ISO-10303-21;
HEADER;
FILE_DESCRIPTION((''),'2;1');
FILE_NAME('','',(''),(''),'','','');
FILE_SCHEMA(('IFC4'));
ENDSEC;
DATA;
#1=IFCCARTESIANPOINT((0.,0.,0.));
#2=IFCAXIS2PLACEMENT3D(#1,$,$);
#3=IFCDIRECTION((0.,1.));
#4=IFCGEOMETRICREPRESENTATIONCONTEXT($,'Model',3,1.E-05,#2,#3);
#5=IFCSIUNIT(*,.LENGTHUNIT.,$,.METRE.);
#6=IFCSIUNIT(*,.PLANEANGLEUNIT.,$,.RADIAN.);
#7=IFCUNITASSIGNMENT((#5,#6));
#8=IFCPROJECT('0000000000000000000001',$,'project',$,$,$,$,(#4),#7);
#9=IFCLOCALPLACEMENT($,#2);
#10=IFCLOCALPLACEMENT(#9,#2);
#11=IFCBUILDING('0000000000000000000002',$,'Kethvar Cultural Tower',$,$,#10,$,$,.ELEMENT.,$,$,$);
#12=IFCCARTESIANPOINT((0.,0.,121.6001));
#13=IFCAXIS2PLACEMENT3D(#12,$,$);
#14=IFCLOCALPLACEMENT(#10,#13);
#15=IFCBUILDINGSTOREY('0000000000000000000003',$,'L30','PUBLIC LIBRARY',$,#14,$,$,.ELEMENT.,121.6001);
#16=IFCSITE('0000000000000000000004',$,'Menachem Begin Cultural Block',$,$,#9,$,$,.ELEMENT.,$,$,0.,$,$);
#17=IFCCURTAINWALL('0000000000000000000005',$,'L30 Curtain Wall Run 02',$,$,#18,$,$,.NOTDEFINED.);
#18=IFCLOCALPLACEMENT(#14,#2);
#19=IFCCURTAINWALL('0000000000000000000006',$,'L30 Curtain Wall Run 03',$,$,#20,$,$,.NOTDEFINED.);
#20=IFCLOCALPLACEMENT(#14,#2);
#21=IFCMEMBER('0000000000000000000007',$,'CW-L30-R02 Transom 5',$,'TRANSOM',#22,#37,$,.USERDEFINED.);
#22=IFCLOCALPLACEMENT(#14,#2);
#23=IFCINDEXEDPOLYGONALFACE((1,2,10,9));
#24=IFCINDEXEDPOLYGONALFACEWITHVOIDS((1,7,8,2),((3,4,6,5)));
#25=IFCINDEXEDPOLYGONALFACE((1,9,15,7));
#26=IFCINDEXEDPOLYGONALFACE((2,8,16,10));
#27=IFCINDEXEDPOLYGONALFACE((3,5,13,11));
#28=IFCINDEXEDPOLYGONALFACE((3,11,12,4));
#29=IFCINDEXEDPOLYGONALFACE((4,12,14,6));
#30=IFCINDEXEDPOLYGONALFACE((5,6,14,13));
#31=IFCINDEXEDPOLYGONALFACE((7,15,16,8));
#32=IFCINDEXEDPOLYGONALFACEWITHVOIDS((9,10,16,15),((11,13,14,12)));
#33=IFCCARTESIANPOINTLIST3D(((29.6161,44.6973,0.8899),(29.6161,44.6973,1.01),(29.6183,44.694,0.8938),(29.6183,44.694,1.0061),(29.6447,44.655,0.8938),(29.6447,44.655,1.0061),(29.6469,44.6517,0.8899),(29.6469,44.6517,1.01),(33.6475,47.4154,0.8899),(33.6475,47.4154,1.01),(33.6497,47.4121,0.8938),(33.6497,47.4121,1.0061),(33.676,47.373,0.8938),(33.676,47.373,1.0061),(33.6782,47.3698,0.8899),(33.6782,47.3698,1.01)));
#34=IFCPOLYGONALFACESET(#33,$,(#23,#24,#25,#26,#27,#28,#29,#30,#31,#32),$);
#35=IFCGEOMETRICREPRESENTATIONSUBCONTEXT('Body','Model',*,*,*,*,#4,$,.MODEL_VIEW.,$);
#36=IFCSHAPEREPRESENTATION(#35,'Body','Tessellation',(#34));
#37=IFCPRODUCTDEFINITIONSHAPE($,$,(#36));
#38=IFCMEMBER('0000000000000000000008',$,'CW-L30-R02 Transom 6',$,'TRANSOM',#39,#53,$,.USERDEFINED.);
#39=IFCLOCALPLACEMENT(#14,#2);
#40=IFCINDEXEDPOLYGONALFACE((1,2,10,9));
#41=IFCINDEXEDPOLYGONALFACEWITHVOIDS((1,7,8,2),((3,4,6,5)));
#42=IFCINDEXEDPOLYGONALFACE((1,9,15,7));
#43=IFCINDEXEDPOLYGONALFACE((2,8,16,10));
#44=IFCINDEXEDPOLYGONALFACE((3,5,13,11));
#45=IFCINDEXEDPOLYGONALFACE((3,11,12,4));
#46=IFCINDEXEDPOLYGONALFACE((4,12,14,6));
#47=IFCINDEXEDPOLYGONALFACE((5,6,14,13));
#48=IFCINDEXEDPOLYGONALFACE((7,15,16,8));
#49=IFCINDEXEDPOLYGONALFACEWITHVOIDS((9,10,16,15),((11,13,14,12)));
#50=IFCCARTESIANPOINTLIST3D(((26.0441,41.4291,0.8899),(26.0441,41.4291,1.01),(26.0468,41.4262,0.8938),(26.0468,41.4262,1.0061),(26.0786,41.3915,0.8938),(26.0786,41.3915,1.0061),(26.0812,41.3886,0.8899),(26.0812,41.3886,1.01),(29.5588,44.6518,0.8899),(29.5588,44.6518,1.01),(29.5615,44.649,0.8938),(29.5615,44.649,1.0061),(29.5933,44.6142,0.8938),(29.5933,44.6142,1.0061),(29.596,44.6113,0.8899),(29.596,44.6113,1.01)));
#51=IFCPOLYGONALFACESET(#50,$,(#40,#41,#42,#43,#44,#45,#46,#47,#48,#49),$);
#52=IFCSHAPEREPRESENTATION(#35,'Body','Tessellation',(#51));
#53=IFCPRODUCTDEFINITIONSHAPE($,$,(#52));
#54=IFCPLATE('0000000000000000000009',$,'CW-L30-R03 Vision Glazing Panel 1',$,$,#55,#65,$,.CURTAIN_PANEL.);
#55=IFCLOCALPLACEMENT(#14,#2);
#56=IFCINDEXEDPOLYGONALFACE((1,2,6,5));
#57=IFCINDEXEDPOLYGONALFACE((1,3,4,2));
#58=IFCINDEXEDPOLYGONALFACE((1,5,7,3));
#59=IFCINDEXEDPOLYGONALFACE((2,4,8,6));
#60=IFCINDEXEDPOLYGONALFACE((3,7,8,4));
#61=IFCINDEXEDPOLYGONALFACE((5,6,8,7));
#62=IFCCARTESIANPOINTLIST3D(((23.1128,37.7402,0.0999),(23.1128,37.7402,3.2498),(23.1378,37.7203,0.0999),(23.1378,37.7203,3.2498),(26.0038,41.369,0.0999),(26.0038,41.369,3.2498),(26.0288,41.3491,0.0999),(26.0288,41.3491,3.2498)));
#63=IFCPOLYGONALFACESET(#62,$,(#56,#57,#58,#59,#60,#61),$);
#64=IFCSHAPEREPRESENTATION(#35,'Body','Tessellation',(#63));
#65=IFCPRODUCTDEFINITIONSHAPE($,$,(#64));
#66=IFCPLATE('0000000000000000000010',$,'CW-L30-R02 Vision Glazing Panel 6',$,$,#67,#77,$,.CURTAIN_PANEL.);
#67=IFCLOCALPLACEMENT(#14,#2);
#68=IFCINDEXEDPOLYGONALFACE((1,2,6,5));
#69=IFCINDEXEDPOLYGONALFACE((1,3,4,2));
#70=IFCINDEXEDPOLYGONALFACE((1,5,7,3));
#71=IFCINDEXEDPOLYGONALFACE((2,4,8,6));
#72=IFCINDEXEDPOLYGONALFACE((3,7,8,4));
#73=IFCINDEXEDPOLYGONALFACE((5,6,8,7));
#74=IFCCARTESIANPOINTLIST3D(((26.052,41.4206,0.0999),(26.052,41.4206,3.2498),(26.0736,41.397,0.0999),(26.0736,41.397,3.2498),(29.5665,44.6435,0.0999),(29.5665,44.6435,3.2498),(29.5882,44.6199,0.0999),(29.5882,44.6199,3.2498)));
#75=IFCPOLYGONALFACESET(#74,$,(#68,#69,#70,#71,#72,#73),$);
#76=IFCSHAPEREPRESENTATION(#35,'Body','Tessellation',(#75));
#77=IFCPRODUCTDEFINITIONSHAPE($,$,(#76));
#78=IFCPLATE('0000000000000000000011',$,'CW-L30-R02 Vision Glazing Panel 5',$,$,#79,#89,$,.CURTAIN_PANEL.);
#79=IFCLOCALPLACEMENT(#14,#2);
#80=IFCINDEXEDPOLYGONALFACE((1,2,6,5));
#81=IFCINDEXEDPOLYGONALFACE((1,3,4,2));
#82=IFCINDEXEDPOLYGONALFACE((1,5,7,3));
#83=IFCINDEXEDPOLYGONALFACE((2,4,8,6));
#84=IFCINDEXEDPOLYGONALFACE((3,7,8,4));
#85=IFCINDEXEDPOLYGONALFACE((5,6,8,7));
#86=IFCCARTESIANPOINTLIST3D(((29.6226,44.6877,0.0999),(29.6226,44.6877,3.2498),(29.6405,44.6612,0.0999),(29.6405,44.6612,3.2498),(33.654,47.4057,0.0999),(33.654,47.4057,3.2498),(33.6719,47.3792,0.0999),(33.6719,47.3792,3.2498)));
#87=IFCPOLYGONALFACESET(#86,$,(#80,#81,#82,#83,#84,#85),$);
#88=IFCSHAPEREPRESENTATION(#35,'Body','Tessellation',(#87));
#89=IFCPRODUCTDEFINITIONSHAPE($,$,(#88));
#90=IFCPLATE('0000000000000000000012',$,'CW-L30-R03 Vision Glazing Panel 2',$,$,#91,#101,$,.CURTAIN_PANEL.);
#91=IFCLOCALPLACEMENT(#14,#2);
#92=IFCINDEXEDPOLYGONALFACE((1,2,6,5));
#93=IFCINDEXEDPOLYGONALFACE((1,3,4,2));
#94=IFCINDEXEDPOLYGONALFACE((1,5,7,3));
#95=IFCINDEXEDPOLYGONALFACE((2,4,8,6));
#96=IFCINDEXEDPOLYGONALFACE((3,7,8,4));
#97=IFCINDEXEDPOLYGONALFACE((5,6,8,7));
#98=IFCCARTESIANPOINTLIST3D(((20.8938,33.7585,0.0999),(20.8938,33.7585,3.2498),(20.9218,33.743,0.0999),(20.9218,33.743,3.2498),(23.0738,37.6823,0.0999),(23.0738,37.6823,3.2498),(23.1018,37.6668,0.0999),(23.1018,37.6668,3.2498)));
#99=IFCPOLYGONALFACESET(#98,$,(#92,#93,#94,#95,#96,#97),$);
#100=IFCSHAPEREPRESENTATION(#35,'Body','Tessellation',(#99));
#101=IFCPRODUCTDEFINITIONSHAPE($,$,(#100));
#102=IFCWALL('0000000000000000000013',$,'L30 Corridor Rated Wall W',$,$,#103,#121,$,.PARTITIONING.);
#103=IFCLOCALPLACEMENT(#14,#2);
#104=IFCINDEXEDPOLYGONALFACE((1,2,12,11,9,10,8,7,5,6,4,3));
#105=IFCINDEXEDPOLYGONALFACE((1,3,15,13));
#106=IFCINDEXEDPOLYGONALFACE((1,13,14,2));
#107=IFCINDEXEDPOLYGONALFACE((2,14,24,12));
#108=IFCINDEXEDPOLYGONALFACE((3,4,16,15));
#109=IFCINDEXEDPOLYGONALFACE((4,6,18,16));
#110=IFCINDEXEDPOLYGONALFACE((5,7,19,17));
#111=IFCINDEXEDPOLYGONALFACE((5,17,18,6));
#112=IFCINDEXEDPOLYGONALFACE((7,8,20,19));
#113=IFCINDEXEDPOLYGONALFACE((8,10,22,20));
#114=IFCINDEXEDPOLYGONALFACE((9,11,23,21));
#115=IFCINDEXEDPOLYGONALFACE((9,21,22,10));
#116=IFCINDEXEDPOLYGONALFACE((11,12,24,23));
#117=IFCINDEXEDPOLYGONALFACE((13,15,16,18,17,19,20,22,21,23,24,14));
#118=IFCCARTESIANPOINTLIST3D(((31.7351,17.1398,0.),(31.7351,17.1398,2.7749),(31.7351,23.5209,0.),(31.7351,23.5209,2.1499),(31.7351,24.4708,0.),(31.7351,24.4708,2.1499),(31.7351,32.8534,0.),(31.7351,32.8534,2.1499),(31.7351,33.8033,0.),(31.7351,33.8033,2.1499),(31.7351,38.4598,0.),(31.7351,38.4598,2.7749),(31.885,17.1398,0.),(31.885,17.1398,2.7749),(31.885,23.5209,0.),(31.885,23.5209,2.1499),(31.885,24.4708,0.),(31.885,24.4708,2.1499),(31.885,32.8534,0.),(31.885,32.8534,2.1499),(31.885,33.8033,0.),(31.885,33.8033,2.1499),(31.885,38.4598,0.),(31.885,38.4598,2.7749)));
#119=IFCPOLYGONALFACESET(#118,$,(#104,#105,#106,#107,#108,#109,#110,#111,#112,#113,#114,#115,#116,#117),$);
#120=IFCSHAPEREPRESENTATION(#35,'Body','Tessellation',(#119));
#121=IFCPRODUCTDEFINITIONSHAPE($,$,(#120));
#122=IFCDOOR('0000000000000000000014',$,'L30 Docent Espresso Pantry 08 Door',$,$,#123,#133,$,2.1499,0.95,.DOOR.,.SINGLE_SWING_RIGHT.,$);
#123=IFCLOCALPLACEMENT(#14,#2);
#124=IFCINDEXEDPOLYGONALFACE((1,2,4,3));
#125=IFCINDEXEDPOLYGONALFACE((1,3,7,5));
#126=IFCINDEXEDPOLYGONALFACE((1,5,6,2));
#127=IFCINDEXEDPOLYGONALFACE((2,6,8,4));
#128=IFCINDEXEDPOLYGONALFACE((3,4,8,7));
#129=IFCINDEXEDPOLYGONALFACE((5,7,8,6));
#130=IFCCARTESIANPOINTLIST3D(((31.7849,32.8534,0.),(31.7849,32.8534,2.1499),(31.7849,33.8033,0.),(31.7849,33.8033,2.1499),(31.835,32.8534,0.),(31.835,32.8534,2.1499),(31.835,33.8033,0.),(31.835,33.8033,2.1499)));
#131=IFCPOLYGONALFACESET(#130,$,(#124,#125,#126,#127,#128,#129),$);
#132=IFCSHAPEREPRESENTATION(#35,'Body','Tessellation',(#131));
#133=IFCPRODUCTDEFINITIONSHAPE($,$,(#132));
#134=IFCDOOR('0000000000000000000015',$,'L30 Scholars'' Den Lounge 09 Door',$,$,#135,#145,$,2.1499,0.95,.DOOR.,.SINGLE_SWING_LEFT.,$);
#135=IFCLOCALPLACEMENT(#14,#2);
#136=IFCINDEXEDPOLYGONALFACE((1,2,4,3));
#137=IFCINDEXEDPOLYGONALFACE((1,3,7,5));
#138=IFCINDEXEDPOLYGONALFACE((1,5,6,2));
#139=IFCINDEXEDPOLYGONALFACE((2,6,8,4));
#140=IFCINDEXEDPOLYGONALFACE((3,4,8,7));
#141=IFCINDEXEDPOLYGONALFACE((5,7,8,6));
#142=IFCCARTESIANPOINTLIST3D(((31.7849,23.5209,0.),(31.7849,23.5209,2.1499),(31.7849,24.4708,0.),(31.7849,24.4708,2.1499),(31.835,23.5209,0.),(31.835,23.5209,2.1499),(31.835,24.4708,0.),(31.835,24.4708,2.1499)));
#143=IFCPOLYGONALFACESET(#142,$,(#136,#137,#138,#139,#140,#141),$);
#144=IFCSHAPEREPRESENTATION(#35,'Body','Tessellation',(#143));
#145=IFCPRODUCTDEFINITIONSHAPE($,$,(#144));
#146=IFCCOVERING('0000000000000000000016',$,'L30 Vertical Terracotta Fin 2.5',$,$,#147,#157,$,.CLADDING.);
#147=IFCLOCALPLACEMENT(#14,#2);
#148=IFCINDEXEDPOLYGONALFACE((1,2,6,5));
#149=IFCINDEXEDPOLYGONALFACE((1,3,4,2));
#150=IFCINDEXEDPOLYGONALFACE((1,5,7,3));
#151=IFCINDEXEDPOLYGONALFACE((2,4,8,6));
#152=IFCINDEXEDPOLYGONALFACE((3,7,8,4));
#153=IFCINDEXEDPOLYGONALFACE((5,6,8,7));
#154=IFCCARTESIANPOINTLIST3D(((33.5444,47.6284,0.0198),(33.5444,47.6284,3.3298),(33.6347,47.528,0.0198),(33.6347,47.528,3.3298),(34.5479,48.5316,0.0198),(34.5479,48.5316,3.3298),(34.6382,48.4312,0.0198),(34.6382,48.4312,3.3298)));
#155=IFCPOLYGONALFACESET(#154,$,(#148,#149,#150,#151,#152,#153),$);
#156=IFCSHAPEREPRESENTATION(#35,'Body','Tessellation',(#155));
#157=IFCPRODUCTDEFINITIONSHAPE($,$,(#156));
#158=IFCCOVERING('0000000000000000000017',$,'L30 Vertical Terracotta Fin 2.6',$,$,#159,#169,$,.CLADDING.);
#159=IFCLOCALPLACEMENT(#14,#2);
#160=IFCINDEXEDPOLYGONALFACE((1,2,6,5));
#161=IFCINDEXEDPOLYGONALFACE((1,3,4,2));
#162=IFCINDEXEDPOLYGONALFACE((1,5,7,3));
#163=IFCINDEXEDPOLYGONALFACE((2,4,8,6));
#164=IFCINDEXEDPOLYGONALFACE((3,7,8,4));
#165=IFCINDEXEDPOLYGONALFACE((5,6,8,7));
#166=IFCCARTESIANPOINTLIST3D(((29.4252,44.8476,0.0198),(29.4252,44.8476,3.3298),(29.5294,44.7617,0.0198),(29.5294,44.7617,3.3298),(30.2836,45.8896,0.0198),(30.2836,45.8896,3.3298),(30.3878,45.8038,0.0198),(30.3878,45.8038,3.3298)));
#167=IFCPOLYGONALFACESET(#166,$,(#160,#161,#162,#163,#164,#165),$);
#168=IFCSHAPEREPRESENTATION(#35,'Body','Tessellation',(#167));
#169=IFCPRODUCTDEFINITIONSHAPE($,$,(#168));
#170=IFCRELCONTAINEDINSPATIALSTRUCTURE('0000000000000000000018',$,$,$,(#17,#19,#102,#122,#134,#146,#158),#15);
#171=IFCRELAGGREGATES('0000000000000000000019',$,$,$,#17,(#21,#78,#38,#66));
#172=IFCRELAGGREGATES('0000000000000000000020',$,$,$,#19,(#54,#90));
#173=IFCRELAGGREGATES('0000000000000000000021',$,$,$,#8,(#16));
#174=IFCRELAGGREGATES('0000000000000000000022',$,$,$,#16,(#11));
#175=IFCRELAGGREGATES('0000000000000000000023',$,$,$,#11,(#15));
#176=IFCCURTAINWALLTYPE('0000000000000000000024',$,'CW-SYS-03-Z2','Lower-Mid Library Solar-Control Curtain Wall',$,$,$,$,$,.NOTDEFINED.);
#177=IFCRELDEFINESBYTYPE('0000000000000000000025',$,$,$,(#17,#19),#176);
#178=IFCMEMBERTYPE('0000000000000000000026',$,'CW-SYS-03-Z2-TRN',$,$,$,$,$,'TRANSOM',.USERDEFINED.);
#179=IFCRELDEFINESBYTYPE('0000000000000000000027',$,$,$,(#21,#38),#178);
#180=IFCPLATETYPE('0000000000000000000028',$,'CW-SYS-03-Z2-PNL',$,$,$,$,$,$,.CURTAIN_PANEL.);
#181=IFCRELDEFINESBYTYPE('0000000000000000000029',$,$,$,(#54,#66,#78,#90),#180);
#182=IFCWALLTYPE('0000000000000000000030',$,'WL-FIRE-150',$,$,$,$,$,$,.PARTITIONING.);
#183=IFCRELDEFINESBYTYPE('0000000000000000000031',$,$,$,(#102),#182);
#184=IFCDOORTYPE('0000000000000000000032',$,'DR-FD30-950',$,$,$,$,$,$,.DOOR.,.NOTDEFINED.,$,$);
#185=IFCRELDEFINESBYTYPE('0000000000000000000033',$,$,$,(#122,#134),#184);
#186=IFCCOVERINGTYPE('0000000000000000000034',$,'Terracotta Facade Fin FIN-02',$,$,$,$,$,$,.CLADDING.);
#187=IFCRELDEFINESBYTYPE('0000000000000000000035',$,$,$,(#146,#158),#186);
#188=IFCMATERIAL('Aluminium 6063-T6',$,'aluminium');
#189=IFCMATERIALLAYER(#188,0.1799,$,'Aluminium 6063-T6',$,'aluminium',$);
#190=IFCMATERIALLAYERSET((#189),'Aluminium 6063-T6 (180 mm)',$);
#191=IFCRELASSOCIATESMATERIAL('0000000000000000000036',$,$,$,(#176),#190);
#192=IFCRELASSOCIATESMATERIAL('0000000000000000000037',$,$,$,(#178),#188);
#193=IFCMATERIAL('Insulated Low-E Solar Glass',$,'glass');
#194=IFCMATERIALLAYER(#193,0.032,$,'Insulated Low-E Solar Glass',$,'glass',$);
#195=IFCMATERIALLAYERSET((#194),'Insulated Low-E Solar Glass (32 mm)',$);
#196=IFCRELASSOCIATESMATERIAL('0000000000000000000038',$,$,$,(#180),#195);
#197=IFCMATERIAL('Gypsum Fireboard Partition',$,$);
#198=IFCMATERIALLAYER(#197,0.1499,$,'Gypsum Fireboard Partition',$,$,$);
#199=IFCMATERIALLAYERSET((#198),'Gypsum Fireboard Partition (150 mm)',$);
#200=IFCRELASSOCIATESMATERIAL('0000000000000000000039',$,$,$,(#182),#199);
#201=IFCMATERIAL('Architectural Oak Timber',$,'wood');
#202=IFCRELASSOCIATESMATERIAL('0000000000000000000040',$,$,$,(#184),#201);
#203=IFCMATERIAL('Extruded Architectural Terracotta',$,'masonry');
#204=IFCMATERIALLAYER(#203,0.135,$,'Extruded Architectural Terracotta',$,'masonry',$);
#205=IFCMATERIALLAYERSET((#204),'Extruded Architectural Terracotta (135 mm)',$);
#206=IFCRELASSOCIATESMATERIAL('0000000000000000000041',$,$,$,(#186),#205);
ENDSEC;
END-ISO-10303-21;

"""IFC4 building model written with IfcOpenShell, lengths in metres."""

from ifc_helpers import new_model, si_unit, direction, frame, frame_2d, origin, origin_2d, place, context, subcontext, project, spatial, rectangle, hollow_rectangle, extrude, source, transform, mapped, material, layer, layer_set, material_profile, profile_set, type_object, element, fill, aggregate, save


model = new_model("IFC4")

# Units and contexts
model_context = context("Model", 3, precision=1e-05, world=origin(), true_north=direction((0.0, 1.0)))
body_context = subcontext(model_context, "Body", "Model", "MODEL_VIEW")
ifc_project = project(units=[si_unit("LENGTHUNIT", "METRE"), si_unit("PLANEANGLEUNIT", "RADIAN")], contexts=[model_context])

# Site, building, storey
site_placement = place(None, origin())
site = spatial("IfcSite", under=ifc_project, at=site_placement, Name="Menachem Begin Cultural Block", CompositionType="ELEMENT", RefElevation=0.0)
building_placement = place(site_placement, origin())
building = spatial("IfcBuilding", under=site, at=building_placement, Name="Kethvar Cultural Tower", CompositionType="ELEMENT")
storey_placement = place(building_placement, frame((0.0, 0.0, 121.6001)))
storey = spatial("IfcBuildingStorey", under=building, at=storey_placement, Name="L30", Description="PUBLIC LIBRARY", CompositionType="ELEMENT", Elevation=121.6001)

# Curtain walls
ifc_material_1 = material(Name="Aluminium 6063-T6", Category="aluminium")
ifc_layer_1 = layer(ifc_material_1, 0.1799, Name="Aluminium 6063-T6", Category="aluminium")
ifc_layer_set_1 = layer_set([ifc_layer_1], Name="Aluminium 6063-T6 (180 mm)")
curtain_wall_type = type_object("IfcCurtainWallType", Name="CW-SYS-03-Z2", Description="Lower-Mid Library Solar-Control Curtain Wall", PredefinedType="NOTDEFINED", material=ifc_layer_set_1)
curtain_wall_1_placement = place(storey_placement, origin())
curtain_wall_1 = element("IfcCurtainWall", 1, at=curtain_wall_1_placement, inside=storey, type_object=curtain_wall_type, Name="L30 Curtain Wall Run 02", PredefinedType="NOTDEFINED")
curtain_wall_2_placement = place(storey_placement, origin())
curtain_wall_2 = element("IfcCurtainWall", 2, at=curtain_wall_2_placement, inside=storey, type_object=curtain_wall_type, Name="L30 Curtain Wall Run 03", PredefinedType="NOTDEFINED")
ifc_material_profile_1 = material_profile(ifc_material_1, hollow_rectangle(XDim=0.0549, YDim=0.1201, WallThickness=0.0039, at=origin_2d()), Name="Aluminium 6063-T6 — RHS120x55x4")
ifc_profile_set_1 = profile_set([ifc_material_profile_1], Name="Aluminium 6063-T6 — RHS120x55x4")
member_type_1 = type_object("IfcMemberType", Name="CW-SYS-03-Z2-TRN", ElementType="TRANSOM", PredefinedType="USERDEFINED", material=ifc_profile_set_1)

# Members
shared_shape_1 = source(origin(), body_context, "Body", "SweptSolid", [
    extrude(hollow_rectangle(XDim=0.0549, YDim=0.1201, WallThickness=0.0039, at=origin_2d()), origin(), (0.0, 0.0, 1.0), 4.8621),
])
member_1_placement = place(storey_placement, frame((33.6628, 47.3926, 0.95), z_axis=(-0.829142, -0.559038, 0.0), x_axis=(0.559038, -0.829142, 0.0)))
member_1 = element("IfcMember", 3, at=member_1_placement, type_object=member_type_1, Name="CW-L30-R02 Transom 5", ObjectType="TRANSOM", PredefinedType="USERDEFINED", context=body_context, shape_type="MappedRepresentation", body=[
    mapped(shared_shape_1, transform((0.0, 0.0, 0.0), scale=1.0)),
])
shared_shape_2 = source(origin(), body_context, "Body", "SweptSolid", [
    extrude(hollow_rectangle(XDim=0.0549, YDim=0.1201, WallThickness=0.0039, at=origin_2d()), origin(), (0.0, 0.0, 1.0), 4.7686),
])
member_2_placement = place(storey_placement, frame((29.5774, 44.6316, 0.95), z_axis=(-0.737061, -0.675827, 0.0), x_axis=(0.675827, -0.737061, 0.0)))
member_2 = element("IfcMember", 4, at=member_2_placement, type_object=member_type_1, Name="CW-L30-R02 Transom 6", ObjectType="TRANSOM", PredefinedType="USERDEFINED", context=body_context, shape_type="MappedRepresentation", body=[
    mapped(shared_shape_2, transform((0.0, 0.0, 0.0), scale=1.0)),
])

# Plates
ifc_material_2 = material(Name="Insulated Low-E Solar Glass", Category="glass")
ifc_layer_2 = layer(ifc_material_2, 0.032, Name="Insulated Low-E Solar Glass", Category="glass")
ifc_layer_set_2 = layer_set([ifc_layer_2], Name="Insulated Low-E Solar Glass (32 mm)")
plate_type = type_object("IfcPlateType", Name="CW-SYS-03-Z2-PNL", PredefinedType="CURTAIN_PANEL", material=ifc_layer_set_2)
shared_shape_3 = source(origin(), body_context, "Body", "SweptSolid", [
    extrude(rectangle(XDim=4.6396, YDim=0.032, at=origin_2d()), origin(), (0.0, 0.0, 1.0), 3.1499),
])
plate_1_placement = place(storey_placement, frame((24.5708, 39.5447, 0.0999), z_axis=(0.0, 0.0, 1.0), x_axis=(-0.623115, -0.78213, 0.0)))
plate_1 = element("IfcPlate", 5, at=plate_1_placement, type_object=plate_type, Name="CW-L30-R03 Vision Glazing Panel 1", PredefinedType="CURTAIN_PANEL", context=body_context, shape_type="MappedRepresentation", body=[
    mapped(shared_shape_3, transform((0.0, 0.0, 0.0), scale=1.0)),
])
shared_shape_4 = source(origin(), body_context, "Body", "SweptSolid", [
    extrude(rectangle(XDim=4.7686, YDim=0.032, at=origin_2d()), origin(), (0.0, 0.0, 1.0), 3.1499),
])
plate_2_placement = place(storey_placement, frame((27.8201, 43.0203, 0.0999), z_axis=(0.0, 0.0, 1.0), x_axis=(-0.73703, -0.67586, 0.0)))
plate_2 = element("IfcPlate", 6, at=plate_2_placement, type_object=plate_type, Name="CW-L30-R02 Vision Glazing Panel 6", PredefinedType="CURTAIN_PANEL", context=body_context, shape_type="MappedRepresentation", body=[
    mapped(shared_shape_4, transform((0.0, 0.0, 0.0), scale=1.0)),
])
shared_shape_5 = source(origin(), body_context, "Body", "SweptSolid", [
    extrude(rectangle(XDim=4.8621, YDim=0.032, at=origin_2d()), origin(), (0.0, 0.0, 1.0), 3.1499),
])
plate_3_placement = place(storey_placement, frame((31.6472, 46.0334, 0.0999), z_axis=(0.0, 0.0, 1.0), x_axis=(-0.829155, -0.559019, 0.0)))
plate_3 = element("IfcPlate", 7, at=plate_3_placement, type_object=plate_type, Name="CW-L30-R02 Vision Glazing Panel 5", PredefinedType="CURTAIN_PANEL", context=body_context, shape_type="MappedRepresentation", body=[
    mapped(shared_shape_5, transform((0.0, 0.0, 0.0), scale=1.0)),
])
aggregate(curtain_wall_1, [member_1, plate_3, member_2, plate_2])
shared_shape_6 = source(origin(), body_context, "Body", "SweptSolid", [
    extrude(rectangle(XDim=4.4888, YDim=0.032, at=origin_2d()), origin(), (0.0, 0.0, 1.0), 3.1499),
])
plate_4_placement = place(storey_placement, frame((21.9978, 35.7126, 0.0999), z_axis=(0.0, 0.0, 1.0), x_axis=(-0.485664, -0.874145, 0.0)))
plate_4 = element("IfcPlate", 8, at=plate_4_placement, type_object=plate_type, Name="CW-L30-R03 Vision Glazing Panel 2", PredefinedType="CURTAIN_PANEL", context=body_context, shape_type="MappedRepresentation", body=[
    mapped(shared_shape_6, transform((0.0, 0.0, 0.0), scale=1.0)),
])
aggregate(curtain_wall_2, [plate_1, plate_4])

# Wall, openings, doors
ifc_material_3 = material(Name="Gypsum Fireboard Partition")
ifc_layer_3 = layer(ifc_material_3, 0.1499, Name="Gypsum Fireboard Partition")
ifc_layer_set_3 = layer_set([ifc_layer_3], Name="Gypsum Fireboard Partition (150 mm)")
wall_type = type_object("IfcWallType", Name="WL-FIRE-150", PredefinedType="PARTITIONING", material=ifc_layer_set_3)
wall_placement = place(storey_placement, frame((31.8101, 38.46, 0.0), z_axis=(0.0, 0.0, 1.0), x_axis=(0.0, -1.0, 0.0)))
wall = element("IfcWall", 9, at=wall_placement, inside=storey, type_object=wall_type, Name="L30 Corridor Rated Wall W", PredefinedType="PARTITIONING", context=body_context, shape_type="SweptSolid", body=[
    extrude(rectangle(XDim=21.3201, YDim=0.1499, at=frame_2d((10.6602, 0.0))), origin(), (0.0, 0.0, 1.0), 2.7749),
])
opening_1_placement = place(wall_placement, frame((4.6565, 0.0, 0.0)))
opening_1 = element("IfcOpeningElement", 10, at=opening_1_placement, cuts=wall, PredefinedType="OPENING", context=body_context, shape_type="SweptSolid", body=[
    extrude(rectangle(XDim=0.95, YDim=2.1499, at=frame_2d((0.4751, 1.075))), frame((0.0, 0.085, 0.0), z_axis=(0.0, -1.0, 0.0), x_axis=(1.0, 0.0, 0.0)), (0.0, 0.0, 1.0), 0.1699),
])
opening_2_placement = place(wall_placement, frame((13.989, 0.0, 0.0)))
opening_2 = element("IfcOpeningElement", 11, at=opening_2_placement, cuts=wall, PredefinedType="OPENING", context=body_context, shape_type="SweptSolid", body=[
    extrude(rectangle(XDim=0.95, YDim=2.1499, at=frame_2d((0.4751, 1.075))), frame((0.0, 0.085, 0.0), z_axis=(0.0, -1.0, 0.0), x_axis=(1.0, 0.0, 0.0)), (0.0, 0.0, 1.0), 0.1699),
])
ifc_material_4 = material(Name="Architectural Oak Timber", Category="wood")
door_type = type_object("IfcDoorType", Name="DR-FD30-950", OperationType="NOTDEFINED", PredefinedType="DOOR", material=ifc_material_4)
shared_shape_7 = source(origin(), body_context, "Body", "SweptSolid", [
    extrude(rectangle(XDim=0.95, YDim=2.1499, at=frame_2d((0.4751, 1.075))), frame((0.0, 0.0249, 0.0), z_axis=(0.0, -1.0, 0.0), x_axis=(1.0, 0.0, 0.0)), (0.0, 0.0, 1.0), 0.05),
])
door_1_placement = place(opening_1_placement, origin())
door_1 = element("IfcDoor", 12, at=door_1_placement, inside=storey, type_object=door_type, Name="L30 Docent Espresso Pantry 08 Door", OperationType="SINGLE_SWING_RIGHT", OverallHeight=2.1499, OverallWidth=0.95, PredefinedType="DOOR", context=body_context, shape_type="MappedRepresentation", body=[
    mapped(shared_shape_7, transform((0.0, 0.0, 0.0), scale=1.0)),
])
fill(opening_1, door_1)
door_2_placement = place(opening_2_placement, origin())
door_2 = element("IfcDoor", 13, at=door_2_placement, inside=storey, type_object=door_type, Name="L30 Scholars' Den Lounge 09 Door", OperationType="SINGLE_SWING_LEFT", OverallHeight=2.1499, OverallWidth=0.95, PredefinedType="DOOR", context=body_context, shape_type="MappedRepresentation", body=[
    mapped(shared_shape_7, transform((0.0, 0.0, 0.0), scale=1.0)),
])
fill(opening_2, door_2)

# Coverings
ifc_material_5 = material(Name="Extruded Architectural Terracotta", Category="masonry")
ifc_layer_4 = layer(ifc_material_5, 0.135, Name="Extruded Architectural Terracotta", Category="masonry")
ifc_layer_set_4 = layer_set([ifc_layer_4], Name="Extruded Architectural Terracotta (135 mm)")
covering_type = type_object("IfcCoveringType", Name="Terracotta Facade Fin FIN-02", PredefinedType="CLADDING", material=ifc_layer_set_4)
shared_shape_8 = source(origin(), body_context, "Body", "SweptSolid", [
    extrude(rectangle(XDim=1.3501, YDim=0.135, at=origin_2d()), origin(), (0.0, 0.0, 1.0), 3.3101),
])
for number, where, z_axis, x_axis, name in (
    (14, (34.0913, 48.0298, 0.0198), (0.0, 0.0, 1.0), (0.743262, 0.669001, 0.0), "L30 Vertical Terracotta Fin 2.5"),
    (15, (29.9065, 45.3257, 0.0198), (0.0, 0.0, 1.0), (0.635809, 0.771847, 0.0), "L30 Vertical Terracotta Fin 2.6"),
):
    element("IfcCovering", number, at=place(storey_placement, frame(where, z_axis=z_axis, x_axis=x_axis)), inside=storey, type_object=covering_type, Name=name, PredefinedType="CLADDING", context=body_context, shape_type="MappedRepresentation", body=[
        mapped(shared_shape_8, transform((0.0, 0.0, 0.0), scale=1.0)),
    ])

save(model, "model.ifc")
